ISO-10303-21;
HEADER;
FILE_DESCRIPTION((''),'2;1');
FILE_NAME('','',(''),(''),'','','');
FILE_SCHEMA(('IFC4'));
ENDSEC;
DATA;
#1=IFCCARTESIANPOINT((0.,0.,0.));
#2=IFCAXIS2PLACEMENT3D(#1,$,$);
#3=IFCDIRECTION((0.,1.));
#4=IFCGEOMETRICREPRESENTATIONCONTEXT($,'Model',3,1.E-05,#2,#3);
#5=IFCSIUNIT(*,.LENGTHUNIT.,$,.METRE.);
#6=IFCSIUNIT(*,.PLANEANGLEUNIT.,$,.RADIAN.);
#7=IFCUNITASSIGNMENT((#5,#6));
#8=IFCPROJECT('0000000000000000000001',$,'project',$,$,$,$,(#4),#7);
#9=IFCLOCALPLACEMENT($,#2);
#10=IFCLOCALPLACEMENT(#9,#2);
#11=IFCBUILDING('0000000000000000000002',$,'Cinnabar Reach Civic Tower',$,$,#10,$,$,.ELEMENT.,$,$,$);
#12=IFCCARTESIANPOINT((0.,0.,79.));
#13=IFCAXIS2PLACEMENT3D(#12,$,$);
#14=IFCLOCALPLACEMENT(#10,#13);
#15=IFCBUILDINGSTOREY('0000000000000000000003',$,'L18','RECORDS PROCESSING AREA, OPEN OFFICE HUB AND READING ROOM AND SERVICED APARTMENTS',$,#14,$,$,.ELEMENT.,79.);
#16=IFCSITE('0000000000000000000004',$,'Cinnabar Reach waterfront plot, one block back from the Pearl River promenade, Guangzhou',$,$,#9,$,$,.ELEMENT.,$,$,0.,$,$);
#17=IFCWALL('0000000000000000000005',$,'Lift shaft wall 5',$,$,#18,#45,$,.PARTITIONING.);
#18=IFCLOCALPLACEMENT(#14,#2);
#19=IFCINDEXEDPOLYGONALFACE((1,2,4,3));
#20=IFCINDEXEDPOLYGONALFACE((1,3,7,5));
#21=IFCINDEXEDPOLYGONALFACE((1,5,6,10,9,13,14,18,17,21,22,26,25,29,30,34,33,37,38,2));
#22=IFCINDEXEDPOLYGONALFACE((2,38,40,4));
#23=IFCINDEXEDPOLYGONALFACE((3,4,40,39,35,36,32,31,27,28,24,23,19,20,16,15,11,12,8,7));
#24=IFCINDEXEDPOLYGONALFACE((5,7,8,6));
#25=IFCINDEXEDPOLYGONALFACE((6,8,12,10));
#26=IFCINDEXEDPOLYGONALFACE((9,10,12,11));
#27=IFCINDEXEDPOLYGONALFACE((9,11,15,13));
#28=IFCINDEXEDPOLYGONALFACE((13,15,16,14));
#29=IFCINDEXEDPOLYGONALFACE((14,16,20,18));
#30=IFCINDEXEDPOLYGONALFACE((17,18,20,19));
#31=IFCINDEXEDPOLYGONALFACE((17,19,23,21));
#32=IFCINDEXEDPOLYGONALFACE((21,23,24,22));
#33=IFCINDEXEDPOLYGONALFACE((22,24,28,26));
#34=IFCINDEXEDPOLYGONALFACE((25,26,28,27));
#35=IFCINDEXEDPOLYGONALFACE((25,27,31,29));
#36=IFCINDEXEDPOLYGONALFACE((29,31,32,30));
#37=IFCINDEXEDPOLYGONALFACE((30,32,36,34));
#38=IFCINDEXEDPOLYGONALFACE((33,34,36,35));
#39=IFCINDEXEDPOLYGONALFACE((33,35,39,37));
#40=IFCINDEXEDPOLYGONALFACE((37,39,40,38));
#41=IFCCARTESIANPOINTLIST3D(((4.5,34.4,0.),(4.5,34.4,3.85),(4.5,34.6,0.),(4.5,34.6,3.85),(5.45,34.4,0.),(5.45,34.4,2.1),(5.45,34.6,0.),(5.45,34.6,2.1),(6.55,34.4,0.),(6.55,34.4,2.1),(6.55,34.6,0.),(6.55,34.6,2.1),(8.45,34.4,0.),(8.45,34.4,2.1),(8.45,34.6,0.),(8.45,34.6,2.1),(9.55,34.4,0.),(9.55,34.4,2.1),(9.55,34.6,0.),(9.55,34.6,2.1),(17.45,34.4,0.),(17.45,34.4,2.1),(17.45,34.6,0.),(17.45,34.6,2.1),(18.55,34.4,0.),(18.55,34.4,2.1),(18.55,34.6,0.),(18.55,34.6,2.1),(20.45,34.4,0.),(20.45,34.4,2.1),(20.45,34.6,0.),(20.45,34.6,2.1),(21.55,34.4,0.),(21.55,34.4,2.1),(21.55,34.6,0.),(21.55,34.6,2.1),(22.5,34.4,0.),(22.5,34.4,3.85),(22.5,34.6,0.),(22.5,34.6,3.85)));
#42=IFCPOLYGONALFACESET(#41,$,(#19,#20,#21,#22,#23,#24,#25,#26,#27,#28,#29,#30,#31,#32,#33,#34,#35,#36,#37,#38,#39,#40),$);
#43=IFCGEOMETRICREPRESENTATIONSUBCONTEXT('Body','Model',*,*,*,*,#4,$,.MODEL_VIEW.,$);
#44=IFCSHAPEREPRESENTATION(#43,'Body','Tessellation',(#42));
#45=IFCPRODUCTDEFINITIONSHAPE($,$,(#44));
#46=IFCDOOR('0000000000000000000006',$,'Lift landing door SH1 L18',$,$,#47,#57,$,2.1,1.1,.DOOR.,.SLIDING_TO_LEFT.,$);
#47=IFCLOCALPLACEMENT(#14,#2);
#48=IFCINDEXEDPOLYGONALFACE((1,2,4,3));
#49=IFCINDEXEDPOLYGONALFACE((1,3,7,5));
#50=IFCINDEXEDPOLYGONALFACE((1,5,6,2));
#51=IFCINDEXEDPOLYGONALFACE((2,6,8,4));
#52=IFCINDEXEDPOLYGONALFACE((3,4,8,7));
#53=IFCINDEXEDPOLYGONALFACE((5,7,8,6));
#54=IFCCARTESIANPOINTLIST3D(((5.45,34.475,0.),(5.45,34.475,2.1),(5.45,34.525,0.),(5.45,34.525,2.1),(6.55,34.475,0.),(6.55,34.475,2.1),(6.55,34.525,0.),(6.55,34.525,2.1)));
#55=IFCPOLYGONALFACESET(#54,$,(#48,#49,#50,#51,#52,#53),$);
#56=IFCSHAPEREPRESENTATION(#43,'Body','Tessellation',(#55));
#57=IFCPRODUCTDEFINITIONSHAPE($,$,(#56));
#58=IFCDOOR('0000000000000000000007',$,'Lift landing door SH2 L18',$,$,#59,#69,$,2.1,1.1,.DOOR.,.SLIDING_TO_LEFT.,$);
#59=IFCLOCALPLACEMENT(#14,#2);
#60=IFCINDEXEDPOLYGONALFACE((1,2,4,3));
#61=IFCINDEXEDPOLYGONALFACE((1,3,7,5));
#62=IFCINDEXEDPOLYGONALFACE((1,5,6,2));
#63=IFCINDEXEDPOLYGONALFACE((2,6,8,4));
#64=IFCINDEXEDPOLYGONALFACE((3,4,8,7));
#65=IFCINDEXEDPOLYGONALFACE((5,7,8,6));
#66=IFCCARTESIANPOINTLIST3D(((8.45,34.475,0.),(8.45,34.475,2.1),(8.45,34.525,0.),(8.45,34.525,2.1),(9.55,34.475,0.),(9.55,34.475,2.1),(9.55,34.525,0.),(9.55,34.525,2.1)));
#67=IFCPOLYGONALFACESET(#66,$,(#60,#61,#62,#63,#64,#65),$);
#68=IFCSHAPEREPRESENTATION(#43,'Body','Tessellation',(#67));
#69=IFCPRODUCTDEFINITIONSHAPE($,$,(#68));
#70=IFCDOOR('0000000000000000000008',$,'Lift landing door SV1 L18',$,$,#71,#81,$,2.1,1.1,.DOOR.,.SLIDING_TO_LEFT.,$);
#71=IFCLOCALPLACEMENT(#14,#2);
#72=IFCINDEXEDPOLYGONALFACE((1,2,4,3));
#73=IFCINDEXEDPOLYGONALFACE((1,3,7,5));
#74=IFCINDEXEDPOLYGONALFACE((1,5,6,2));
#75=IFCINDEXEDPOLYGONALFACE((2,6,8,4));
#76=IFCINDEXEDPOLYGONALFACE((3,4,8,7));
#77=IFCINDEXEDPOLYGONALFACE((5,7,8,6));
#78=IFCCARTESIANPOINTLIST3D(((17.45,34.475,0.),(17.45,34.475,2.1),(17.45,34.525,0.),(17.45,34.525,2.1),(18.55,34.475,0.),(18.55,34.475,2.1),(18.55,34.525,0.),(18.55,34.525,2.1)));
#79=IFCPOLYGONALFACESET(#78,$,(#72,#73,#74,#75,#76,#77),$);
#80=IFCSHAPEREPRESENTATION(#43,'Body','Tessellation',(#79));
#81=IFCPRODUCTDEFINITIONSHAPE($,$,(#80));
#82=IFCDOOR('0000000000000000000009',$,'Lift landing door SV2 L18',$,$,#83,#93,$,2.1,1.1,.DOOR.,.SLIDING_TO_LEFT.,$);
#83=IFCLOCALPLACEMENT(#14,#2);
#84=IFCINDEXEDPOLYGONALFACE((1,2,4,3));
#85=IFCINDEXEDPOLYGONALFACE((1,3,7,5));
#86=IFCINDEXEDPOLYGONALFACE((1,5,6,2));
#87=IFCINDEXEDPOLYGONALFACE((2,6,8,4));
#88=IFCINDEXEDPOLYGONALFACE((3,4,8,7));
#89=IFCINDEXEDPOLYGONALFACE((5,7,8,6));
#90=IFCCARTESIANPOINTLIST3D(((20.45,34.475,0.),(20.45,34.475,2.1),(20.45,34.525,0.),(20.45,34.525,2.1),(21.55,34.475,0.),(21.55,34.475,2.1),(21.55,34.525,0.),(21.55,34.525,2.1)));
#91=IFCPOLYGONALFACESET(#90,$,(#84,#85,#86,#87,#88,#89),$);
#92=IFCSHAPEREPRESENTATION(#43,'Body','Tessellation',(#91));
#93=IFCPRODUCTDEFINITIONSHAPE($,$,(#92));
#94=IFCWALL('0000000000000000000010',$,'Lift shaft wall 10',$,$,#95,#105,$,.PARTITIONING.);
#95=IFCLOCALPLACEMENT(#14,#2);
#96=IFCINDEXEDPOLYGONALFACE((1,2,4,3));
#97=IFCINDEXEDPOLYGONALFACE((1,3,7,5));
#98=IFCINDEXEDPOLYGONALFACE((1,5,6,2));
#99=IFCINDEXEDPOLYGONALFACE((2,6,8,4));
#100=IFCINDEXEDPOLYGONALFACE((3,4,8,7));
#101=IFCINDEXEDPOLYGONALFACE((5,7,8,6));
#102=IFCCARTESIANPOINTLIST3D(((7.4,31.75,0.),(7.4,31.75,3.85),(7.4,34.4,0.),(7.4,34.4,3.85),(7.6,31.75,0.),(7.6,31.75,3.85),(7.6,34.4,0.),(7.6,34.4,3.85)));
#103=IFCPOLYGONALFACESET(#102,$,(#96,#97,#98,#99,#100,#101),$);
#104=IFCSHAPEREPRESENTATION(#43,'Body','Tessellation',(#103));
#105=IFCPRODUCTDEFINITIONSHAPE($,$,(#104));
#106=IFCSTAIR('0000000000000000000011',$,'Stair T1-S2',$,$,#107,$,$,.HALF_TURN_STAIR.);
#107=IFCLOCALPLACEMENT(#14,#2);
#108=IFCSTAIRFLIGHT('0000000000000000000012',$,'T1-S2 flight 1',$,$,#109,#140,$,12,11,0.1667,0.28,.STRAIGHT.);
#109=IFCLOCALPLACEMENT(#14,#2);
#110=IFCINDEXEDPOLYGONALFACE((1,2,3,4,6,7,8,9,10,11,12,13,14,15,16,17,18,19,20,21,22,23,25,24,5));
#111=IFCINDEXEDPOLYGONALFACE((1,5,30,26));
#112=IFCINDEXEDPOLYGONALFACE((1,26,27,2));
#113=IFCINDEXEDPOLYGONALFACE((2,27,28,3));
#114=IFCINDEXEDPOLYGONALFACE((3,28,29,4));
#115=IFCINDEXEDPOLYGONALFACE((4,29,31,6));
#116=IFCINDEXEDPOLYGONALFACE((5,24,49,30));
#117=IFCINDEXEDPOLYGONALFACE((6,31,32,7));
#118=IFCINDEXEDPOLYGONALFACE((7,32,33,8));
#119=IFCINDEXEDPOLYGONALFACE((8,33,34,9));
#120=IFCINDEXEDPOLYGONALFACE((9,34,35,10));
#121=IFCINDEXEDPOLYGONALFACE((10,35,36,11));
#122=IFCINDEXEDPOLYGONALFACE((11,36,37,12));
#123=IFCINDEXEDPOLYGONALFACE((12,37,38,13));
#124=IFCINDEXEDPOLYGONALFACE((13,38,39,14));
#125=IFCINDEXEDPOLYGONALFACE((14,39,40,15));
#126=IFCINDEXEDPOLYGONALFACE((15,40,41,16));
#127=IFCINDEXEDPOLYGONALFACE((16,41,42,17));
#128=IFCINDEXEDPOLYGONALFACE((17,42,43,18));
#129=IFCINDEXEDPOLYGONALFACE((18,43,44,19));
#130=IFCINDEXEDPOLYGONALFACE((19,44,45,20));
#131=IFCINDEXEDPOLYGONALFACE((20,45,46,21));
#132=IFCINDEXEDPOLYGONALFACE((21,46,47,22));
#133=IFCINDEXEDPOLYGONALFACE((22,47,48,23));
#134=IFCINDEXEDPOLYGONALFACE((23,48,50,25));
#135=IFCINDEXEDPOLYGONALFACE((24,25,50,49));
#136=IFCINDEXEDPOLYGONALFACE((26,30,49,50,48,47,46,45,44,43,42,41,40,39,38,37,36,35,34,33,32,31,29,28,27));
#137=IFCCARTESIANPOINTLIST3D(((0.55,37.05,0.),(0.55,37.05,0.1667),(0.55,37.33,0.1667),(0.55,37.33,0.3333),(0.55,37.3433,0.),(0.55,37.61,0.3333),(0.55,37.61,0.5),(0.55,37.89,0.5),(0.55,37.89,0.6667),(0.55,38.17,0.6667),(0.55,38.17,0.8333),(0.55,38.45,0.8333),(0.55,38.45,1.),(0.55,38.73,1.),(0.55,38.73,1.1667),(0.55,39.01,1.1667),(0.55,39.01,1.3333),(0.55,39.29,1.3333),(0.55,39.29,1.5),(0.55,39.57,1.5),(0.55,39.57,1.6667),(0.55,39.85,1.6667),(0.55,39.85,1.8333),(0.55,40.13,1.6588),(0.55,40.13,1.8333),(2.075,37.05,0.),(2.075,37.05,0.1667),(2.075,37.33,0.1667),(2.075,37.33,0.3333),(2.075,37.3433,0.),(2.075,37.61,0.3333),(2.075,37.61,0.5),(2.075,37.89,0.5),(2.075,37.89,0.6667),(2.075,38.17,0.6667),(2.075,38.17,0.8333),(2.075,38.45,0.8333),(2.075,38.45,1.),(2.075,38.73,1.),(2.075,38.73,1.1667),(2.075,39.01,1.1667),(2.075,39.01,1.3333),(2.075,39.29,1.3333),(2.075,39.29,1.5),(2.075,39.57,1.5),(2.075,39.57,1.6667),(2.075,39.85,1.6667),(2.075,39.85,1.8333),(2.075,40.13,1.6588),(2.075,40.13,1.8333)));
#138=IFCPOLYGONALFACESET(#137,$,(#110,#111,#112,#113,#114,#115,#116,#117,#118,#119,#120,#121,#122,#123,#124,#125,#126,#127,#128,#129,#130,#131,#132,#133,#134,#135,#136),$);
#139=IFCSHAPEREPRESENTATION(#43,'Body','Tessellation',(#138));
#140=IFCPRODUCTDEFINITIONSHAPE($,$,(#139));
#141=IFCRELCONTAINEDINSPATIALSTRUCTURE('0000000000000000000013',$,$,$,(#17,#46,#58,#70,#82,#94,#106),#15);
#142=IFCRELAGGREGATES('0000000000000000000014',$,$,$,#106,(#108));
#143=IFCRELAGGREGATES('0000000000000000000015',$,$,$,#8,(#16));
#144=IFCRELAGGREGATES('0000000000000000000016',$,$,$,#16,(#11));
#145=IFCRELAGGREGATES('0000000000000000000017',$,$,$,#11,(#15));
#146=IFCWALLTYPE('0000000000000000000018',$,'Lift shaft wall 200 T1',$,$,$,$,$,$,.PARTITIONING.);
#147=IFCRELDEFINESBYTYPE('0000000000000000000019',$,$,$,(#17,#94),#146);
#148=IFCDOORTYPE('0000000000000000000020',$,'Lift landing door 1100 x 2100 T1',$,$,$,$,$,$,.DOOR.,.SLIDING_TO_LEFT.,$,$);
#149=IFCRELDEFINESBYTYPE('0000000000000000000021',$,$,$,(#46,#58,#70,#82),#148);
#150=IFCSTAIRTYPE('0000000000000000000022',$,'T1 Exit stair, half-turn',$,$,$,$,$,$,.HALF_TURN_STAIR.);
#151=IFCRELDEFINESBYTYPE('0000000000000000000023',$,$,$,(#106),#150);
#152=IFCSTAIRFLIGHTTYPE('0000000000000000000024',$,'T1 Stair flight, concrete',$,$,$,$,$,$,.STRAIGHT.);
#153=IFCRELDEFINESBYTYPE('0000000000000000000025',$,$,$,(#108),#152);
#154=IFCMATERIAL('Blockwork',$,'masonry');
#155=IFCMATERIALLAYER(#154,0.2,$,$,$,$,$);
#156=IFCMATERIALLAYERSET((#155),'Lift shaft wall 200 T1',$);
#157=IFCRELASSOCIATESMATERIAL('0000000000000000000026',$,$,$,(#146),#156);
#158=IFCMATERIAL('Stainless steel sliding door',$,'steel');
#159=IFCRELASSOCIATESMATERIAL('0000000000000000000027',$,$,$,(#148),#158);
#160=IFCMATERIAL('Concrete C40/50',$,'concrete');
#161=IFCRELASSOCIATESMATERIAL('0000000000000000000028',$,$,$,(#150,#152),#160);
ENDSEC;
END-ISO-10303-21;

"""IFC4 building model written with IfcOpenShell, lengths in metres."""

from ifc_helpers import new_model, si_unit, direction, frame, frame_2d, origin, place, context, subcontext, project, spatial, polyline, rectangle, outline, extrude, material, layer, layer_set, type_object, element, fill, aggregate, save


model = new_model("IFC4")

# Units and contexts
model_context = context("Model", 3, precision=1e-05, world=origin(), true_north=direction((0.0, 1.0)))
body_context = subcontext(model_context, "Body", "Model", "MODEL_VIEW")
ifc_project = project(units=[si_unit("LENGTHUNIT", "METRE"), si_unit("PLANEANGLEUNIT", "RADIAN")], contexts=[model_context])

# Site, building, storey
site_placement = place(None, origin())
site = spatial("IfcSite", under=ifc_project, at=site_placement, Name="Cinnabar Reach waterfront plot, one block back from the Pearl River promenade, Guangzhou", CompositionType="ELEMENT", RefElevation=0.0)
building_placement = place(site_placement, origin())
building = spatial("IfcBuilding", under=site, at=building_placement, Name="Cinnabar Reach Civic Tower", CompositionType="ELEMENT")
storey_placement = place(building_placement, frame((0.0, 0.0, 79.0)))
storey = spatial("IfcBuildingStorey", under=building, at=storey_placement, Name="L18", Description="RECORDS PROCESSING AREA, OPEN OFFICE HUB AND READING ROOM AND SERVICED APARTMENTS", CompositionType="ELEMENT", Elevation=79.0)

# Wall, openings, doors
ifc_material_1 = material(Name="Blockwork", Category="masonry")
ifc_layer_1 = layer(ifc_material_1, 0.2)
ifc_layer_set_1 = layer_set([ifc_layer_1], Name="Lift shaft wall 200 T1")
wall_type_1 = type_object("IfcWallType", Name="Lift shaft wall 200 T1", PredefinedType="PARTITIONING", material=ifc_layer_set_1)
wall_1_placement = place(storey_placement, frame((4.5, 34.5, 0.0), z_axis=(0.0, 0.0, 1.0), x_axis=(1.0, 0.0, 0.0)))
wall_1 = element("IfcWall", 1, at=wall_1_placement, inside=storey, type_object=wall_type_1, Name="Lift shaft wall 5", PredefinedType="PARTITIONING", context=body_context, shape_type="SweptSolid", body=[
    extrude(rectangle(XDim=18.0, YDim=0.2, at=frame_2d((9.0, 0.0))), origin(), (0.0, 0.0, 1.0), 3.85),
])
opening_1_placement = place(wall_1_placement, frame((0.95, 0.0, 0.0)))
opening_1 = element("IfcOpeningElement", 2, at=opening_1_placement, cuts=wall_1, PredefinedType="OPENING", context=body_context, shape_type="SweptSolid", body=[
    extrude(rectangle(XDim=1.1, YDim=2.1, at=frame_2d((0.55, 1.05))), frame((0.0, 0.11, 0.0), z_axis=(0.0, -1.0, 0.0), x_axis=(1.0, 0.0, 0.0)), (0.0, 0.0, 1.0), 0.22),
])
opening_2_placement = place(wall_1_placement, frame((3.95, 0.0, 0.0)))
opening_2 = element("IfcOpeningElement", 3, at=opening_2_placement, cuts=wall_1, PredefinedType="OPENING", context=body_context, shape_type="SweptSolid", body=[
    extrude(rectangle(XDim=1.1, YDim=2.1, at=frame_2d((0.55, 1.05))), frame((0.0, 0.11, 0.0), z_axis=(0.0, -1.0, 0.0), x_axis=(1.0, 0.0, 0.0)), (0.0, 0.0, 1.0), 0.22),
])
opening_3_placement = place(wall_1_placement, frame((12.95, 0.0, 0.0)))
opening_3 = element("IfcOpeningElement", 4, at=opening_3_placement, cuts=wall_1, PredefinedType="OPENING", context=body_context, shape_type="SweptSolid", body=[
    extrude(rectangle(XDim=1.1, YDim=2.1, at=frame_2d((0.55, 1.05))), frame((0.0, 0.11, 0.0), z_axis=(0.0, -1.0, 0.0), x_axis=(1.0, 0.0, 0.0)), (0.0, 0.0, 1.0), 0.22),
])
opening_4_placement = place(wall_1_placement, frame((15.95, 0.0, 0.0)))
opening_4 = element("IfcOpeningElement", 5, at=opening_4_placement, cuts=wall_1, PredefinedType="OPENING", context=body_context, shape_type="SweptSolid", body=[
    extrude(rectangle(XDim=1.1, YDim=2.1, at=frame_2d((0.55, 1.05))), frame((0.0, 0.11, 0.0), z_axis=(0.0, -1.0, 0.0), x_axis=(1.0, 0.0, 0.0)), (0.0, 0.0, 1.0), 0.22),
])
ifc_material_2 = material(Name="Stainless steel sliding door", Category="steel")
door_type_1 = type_object("IfcDoorType", Name="Lift landing door 1100 x 2100 T1", OperationType="SLIDING_TO_LEFT", PredefinedType="DOOR", material=ifc_material_2)
door_1_placement = place(opening_1_placement, origin())
door_1 = element("IfcDoor", 6, at=door_1_placement, inside=storey, type_object=door_type_1, Name="Lift landing door SH1 L18", OperationType="SLIDING_TO_LEFT", OverallHeight=2.1, OverallWidth=1.1, PredefinedType="DOOR", context=body_context, shape_type="SweptSolid", body=[
    extrude(rectangle(XDim=1.1, YDim=2.1, at=frame_2d((0.55, 1.05))), frame((0.0, 0.025, 0.0), z_axis=(0.0, -1.0, 0.0), x_axis=(1.0, 0.0, 0.0)), (0.0, 0.0, 1.0), 0.05),
])
fill(opening_1, door_1)
door_2_placement = place(opening_2_placement, origin())
door_2 = element("IfcDoor", 7, at=door_2_placement, inside=storey, type_object=door_type_1, Name="Lift landing door SH2 L18", OperationType="SLIDING_TO_LEFT", OverallHeight=2.1, OverallWidth=1.1, PredefinedType="DOOR", context=body_context, shape_type="SweptSolid", body=[
    extrude(rectangle(XDim=1.1, YDim=2.1, at=frame_2d((0.55, 1.05))), frame((0.0, 0.025, 0.0), z_axis=(0.0, -1.0, 0.0), x_axis=(1.0, 0.0, 0.0)), (0.0, 0.0, 1.0), 0.05),
])
fill(opening_2, door_2)
door_3_placement = place(opening_3_placement, origin())
door_3 = element("IfcDoor", 8, at=door_3_placement, inside=storey, type_object=door_type_1, Name="Lift landing door SV1 L18", OperationType="SLIDING_TO_LEFT", OverallHeight=2.1, OverallWidth=1.1, PredefinedType="DOOR", context=body_context, shape_type="SweptSolid", body=[
    extrude(rectangle(XDim=1.1, YDim=2.1, at=frame_2d((0.55, 1.05))), frame((0.0, 0.025, 0.0), z_axis=(0.0, -1.0, 0.0), x_axis=(1.0, 0.0, 0.0)), (0.0, 0.0, 1.0), 0.05),
])
fill(opening_3, door_3)
door_4_placement = place(opening_4_placement, origin())
door_4 = element("IfcDoor", 9, at=door_4_placement, inside=storey, type_object=door_type_1, Name="Lift landing door SV2 L18", OperationType="SLIDING_TO_LEFT", OverallHeight=2.1, OverallWidth=1.1, PredefinedType="DOOR", context=body_context, shape_type="SweptSolid", body=[
    extrude(rectangle(XDim=1.1, YDim=2.1, at=frame_2d((0.55, 1.05))), frame((0.0, 0.025, 0.0), z_axis=(0.0, -1.0, 0.0), x_axis=(1.0, 0.0, 0.0)), (0.0, 0.0, 1.0), 0.05),
])
fill(opening_4, door_4)

# Wall
wall_2_placement = place(storey_placement, frame((7.5, 31.75, 0.0), z_axis=(0.0, 0.0, 1.0), x_axis=(0.0, 1.0, 0.0)))
element("IfcWall", 10, at=wall_2_placement, inside=storey, type_object=wall_type_1, Name="Lift shaft wall 10", PredefinedType="PARTITIONING", context=body_context, shape_type="SweptSolid", body=[
    extrude(rectangle(XDim=2.65, YDim=0.2, at=frame_2d((1.325, 0.0))), origin(), (0.0, 0.0, 1.0), 3.85),
])

# Stair, stair flight
ifc_material_3 = material(Name="Concrete C40/50", Category="concrete")
stair_type = type_object("IfcStairType", Name="T1 Exit stair, half-turn", PredefinedType="HALF_TURN_STAIR", material=ifc_material_3)
stair_placement = place(storey_placement, origin())
stair = element("IfcStair", 11, at=stair_placement, inside=storey, type_object=stair_type, Name="Stair T1-S2", PredefinedType="HALF_TURN_STAIR")
stair_flight_type = type_object("IfcStairFlightType", Name="T1 Stair flight, concrete", PredefinedType="STRAIGHT", material=ifc_material_3)
stair_flight_placement = place(storey_placement, frame((1.3125, 37.05, 0.0), z_axis=(0.0, 0.0, 1.0), x_axis=(0.0, 1.0, 0.0)))
stair_flight = element("IfcStairFlight", 12, at=stair_flight_placement, type_object=stair_flight_type, Name="T1-S2 flight 1", NumberOfRisers=12, NumberOfTreads=11, PredefinedType="STRAIGHT", RiserHeight=0.1667, TreadLength=0.28, context=body_context, shape_type="SweptSolid", body=[
    extrude(outline(polyline([(0.0, 0.0), (0.0, 0.1667), (0.28, 0.1667), (0.28, 0.3333), (0.56, 0.3333), (0.56, 0.5), (0.84, 0.5), (0.84, 0.6667), (1.12, 0.6667), (1.12, 0.8333), (1.4, 0.8333), (1.4, 1.0), (1.68, 1.0), (1.68, 1.1667), (1.96, 1.1667), (1.96, 1.3333), (2.24, 1.3333), (2.24, 1.5), (2.52, 1.5), (2.52, 1.6667), (2.8, 1.6667), (2.8, 1.8333), (3.08, 1.8333), (3.08, 2.0), (3.08, 1.6588), (0.2933, 0.0), (0.0, 0.0)])), frame((0.0, 0.7625, 0.0), z_axis=(0.0, -1.0, 0.0), x_axis=(1.0, 0.0, 0.0)), (0.0, 0.0, 1.0), 1.525),
])
aggregate(stair, [stair_flight])

save(model, "model.ifc")
